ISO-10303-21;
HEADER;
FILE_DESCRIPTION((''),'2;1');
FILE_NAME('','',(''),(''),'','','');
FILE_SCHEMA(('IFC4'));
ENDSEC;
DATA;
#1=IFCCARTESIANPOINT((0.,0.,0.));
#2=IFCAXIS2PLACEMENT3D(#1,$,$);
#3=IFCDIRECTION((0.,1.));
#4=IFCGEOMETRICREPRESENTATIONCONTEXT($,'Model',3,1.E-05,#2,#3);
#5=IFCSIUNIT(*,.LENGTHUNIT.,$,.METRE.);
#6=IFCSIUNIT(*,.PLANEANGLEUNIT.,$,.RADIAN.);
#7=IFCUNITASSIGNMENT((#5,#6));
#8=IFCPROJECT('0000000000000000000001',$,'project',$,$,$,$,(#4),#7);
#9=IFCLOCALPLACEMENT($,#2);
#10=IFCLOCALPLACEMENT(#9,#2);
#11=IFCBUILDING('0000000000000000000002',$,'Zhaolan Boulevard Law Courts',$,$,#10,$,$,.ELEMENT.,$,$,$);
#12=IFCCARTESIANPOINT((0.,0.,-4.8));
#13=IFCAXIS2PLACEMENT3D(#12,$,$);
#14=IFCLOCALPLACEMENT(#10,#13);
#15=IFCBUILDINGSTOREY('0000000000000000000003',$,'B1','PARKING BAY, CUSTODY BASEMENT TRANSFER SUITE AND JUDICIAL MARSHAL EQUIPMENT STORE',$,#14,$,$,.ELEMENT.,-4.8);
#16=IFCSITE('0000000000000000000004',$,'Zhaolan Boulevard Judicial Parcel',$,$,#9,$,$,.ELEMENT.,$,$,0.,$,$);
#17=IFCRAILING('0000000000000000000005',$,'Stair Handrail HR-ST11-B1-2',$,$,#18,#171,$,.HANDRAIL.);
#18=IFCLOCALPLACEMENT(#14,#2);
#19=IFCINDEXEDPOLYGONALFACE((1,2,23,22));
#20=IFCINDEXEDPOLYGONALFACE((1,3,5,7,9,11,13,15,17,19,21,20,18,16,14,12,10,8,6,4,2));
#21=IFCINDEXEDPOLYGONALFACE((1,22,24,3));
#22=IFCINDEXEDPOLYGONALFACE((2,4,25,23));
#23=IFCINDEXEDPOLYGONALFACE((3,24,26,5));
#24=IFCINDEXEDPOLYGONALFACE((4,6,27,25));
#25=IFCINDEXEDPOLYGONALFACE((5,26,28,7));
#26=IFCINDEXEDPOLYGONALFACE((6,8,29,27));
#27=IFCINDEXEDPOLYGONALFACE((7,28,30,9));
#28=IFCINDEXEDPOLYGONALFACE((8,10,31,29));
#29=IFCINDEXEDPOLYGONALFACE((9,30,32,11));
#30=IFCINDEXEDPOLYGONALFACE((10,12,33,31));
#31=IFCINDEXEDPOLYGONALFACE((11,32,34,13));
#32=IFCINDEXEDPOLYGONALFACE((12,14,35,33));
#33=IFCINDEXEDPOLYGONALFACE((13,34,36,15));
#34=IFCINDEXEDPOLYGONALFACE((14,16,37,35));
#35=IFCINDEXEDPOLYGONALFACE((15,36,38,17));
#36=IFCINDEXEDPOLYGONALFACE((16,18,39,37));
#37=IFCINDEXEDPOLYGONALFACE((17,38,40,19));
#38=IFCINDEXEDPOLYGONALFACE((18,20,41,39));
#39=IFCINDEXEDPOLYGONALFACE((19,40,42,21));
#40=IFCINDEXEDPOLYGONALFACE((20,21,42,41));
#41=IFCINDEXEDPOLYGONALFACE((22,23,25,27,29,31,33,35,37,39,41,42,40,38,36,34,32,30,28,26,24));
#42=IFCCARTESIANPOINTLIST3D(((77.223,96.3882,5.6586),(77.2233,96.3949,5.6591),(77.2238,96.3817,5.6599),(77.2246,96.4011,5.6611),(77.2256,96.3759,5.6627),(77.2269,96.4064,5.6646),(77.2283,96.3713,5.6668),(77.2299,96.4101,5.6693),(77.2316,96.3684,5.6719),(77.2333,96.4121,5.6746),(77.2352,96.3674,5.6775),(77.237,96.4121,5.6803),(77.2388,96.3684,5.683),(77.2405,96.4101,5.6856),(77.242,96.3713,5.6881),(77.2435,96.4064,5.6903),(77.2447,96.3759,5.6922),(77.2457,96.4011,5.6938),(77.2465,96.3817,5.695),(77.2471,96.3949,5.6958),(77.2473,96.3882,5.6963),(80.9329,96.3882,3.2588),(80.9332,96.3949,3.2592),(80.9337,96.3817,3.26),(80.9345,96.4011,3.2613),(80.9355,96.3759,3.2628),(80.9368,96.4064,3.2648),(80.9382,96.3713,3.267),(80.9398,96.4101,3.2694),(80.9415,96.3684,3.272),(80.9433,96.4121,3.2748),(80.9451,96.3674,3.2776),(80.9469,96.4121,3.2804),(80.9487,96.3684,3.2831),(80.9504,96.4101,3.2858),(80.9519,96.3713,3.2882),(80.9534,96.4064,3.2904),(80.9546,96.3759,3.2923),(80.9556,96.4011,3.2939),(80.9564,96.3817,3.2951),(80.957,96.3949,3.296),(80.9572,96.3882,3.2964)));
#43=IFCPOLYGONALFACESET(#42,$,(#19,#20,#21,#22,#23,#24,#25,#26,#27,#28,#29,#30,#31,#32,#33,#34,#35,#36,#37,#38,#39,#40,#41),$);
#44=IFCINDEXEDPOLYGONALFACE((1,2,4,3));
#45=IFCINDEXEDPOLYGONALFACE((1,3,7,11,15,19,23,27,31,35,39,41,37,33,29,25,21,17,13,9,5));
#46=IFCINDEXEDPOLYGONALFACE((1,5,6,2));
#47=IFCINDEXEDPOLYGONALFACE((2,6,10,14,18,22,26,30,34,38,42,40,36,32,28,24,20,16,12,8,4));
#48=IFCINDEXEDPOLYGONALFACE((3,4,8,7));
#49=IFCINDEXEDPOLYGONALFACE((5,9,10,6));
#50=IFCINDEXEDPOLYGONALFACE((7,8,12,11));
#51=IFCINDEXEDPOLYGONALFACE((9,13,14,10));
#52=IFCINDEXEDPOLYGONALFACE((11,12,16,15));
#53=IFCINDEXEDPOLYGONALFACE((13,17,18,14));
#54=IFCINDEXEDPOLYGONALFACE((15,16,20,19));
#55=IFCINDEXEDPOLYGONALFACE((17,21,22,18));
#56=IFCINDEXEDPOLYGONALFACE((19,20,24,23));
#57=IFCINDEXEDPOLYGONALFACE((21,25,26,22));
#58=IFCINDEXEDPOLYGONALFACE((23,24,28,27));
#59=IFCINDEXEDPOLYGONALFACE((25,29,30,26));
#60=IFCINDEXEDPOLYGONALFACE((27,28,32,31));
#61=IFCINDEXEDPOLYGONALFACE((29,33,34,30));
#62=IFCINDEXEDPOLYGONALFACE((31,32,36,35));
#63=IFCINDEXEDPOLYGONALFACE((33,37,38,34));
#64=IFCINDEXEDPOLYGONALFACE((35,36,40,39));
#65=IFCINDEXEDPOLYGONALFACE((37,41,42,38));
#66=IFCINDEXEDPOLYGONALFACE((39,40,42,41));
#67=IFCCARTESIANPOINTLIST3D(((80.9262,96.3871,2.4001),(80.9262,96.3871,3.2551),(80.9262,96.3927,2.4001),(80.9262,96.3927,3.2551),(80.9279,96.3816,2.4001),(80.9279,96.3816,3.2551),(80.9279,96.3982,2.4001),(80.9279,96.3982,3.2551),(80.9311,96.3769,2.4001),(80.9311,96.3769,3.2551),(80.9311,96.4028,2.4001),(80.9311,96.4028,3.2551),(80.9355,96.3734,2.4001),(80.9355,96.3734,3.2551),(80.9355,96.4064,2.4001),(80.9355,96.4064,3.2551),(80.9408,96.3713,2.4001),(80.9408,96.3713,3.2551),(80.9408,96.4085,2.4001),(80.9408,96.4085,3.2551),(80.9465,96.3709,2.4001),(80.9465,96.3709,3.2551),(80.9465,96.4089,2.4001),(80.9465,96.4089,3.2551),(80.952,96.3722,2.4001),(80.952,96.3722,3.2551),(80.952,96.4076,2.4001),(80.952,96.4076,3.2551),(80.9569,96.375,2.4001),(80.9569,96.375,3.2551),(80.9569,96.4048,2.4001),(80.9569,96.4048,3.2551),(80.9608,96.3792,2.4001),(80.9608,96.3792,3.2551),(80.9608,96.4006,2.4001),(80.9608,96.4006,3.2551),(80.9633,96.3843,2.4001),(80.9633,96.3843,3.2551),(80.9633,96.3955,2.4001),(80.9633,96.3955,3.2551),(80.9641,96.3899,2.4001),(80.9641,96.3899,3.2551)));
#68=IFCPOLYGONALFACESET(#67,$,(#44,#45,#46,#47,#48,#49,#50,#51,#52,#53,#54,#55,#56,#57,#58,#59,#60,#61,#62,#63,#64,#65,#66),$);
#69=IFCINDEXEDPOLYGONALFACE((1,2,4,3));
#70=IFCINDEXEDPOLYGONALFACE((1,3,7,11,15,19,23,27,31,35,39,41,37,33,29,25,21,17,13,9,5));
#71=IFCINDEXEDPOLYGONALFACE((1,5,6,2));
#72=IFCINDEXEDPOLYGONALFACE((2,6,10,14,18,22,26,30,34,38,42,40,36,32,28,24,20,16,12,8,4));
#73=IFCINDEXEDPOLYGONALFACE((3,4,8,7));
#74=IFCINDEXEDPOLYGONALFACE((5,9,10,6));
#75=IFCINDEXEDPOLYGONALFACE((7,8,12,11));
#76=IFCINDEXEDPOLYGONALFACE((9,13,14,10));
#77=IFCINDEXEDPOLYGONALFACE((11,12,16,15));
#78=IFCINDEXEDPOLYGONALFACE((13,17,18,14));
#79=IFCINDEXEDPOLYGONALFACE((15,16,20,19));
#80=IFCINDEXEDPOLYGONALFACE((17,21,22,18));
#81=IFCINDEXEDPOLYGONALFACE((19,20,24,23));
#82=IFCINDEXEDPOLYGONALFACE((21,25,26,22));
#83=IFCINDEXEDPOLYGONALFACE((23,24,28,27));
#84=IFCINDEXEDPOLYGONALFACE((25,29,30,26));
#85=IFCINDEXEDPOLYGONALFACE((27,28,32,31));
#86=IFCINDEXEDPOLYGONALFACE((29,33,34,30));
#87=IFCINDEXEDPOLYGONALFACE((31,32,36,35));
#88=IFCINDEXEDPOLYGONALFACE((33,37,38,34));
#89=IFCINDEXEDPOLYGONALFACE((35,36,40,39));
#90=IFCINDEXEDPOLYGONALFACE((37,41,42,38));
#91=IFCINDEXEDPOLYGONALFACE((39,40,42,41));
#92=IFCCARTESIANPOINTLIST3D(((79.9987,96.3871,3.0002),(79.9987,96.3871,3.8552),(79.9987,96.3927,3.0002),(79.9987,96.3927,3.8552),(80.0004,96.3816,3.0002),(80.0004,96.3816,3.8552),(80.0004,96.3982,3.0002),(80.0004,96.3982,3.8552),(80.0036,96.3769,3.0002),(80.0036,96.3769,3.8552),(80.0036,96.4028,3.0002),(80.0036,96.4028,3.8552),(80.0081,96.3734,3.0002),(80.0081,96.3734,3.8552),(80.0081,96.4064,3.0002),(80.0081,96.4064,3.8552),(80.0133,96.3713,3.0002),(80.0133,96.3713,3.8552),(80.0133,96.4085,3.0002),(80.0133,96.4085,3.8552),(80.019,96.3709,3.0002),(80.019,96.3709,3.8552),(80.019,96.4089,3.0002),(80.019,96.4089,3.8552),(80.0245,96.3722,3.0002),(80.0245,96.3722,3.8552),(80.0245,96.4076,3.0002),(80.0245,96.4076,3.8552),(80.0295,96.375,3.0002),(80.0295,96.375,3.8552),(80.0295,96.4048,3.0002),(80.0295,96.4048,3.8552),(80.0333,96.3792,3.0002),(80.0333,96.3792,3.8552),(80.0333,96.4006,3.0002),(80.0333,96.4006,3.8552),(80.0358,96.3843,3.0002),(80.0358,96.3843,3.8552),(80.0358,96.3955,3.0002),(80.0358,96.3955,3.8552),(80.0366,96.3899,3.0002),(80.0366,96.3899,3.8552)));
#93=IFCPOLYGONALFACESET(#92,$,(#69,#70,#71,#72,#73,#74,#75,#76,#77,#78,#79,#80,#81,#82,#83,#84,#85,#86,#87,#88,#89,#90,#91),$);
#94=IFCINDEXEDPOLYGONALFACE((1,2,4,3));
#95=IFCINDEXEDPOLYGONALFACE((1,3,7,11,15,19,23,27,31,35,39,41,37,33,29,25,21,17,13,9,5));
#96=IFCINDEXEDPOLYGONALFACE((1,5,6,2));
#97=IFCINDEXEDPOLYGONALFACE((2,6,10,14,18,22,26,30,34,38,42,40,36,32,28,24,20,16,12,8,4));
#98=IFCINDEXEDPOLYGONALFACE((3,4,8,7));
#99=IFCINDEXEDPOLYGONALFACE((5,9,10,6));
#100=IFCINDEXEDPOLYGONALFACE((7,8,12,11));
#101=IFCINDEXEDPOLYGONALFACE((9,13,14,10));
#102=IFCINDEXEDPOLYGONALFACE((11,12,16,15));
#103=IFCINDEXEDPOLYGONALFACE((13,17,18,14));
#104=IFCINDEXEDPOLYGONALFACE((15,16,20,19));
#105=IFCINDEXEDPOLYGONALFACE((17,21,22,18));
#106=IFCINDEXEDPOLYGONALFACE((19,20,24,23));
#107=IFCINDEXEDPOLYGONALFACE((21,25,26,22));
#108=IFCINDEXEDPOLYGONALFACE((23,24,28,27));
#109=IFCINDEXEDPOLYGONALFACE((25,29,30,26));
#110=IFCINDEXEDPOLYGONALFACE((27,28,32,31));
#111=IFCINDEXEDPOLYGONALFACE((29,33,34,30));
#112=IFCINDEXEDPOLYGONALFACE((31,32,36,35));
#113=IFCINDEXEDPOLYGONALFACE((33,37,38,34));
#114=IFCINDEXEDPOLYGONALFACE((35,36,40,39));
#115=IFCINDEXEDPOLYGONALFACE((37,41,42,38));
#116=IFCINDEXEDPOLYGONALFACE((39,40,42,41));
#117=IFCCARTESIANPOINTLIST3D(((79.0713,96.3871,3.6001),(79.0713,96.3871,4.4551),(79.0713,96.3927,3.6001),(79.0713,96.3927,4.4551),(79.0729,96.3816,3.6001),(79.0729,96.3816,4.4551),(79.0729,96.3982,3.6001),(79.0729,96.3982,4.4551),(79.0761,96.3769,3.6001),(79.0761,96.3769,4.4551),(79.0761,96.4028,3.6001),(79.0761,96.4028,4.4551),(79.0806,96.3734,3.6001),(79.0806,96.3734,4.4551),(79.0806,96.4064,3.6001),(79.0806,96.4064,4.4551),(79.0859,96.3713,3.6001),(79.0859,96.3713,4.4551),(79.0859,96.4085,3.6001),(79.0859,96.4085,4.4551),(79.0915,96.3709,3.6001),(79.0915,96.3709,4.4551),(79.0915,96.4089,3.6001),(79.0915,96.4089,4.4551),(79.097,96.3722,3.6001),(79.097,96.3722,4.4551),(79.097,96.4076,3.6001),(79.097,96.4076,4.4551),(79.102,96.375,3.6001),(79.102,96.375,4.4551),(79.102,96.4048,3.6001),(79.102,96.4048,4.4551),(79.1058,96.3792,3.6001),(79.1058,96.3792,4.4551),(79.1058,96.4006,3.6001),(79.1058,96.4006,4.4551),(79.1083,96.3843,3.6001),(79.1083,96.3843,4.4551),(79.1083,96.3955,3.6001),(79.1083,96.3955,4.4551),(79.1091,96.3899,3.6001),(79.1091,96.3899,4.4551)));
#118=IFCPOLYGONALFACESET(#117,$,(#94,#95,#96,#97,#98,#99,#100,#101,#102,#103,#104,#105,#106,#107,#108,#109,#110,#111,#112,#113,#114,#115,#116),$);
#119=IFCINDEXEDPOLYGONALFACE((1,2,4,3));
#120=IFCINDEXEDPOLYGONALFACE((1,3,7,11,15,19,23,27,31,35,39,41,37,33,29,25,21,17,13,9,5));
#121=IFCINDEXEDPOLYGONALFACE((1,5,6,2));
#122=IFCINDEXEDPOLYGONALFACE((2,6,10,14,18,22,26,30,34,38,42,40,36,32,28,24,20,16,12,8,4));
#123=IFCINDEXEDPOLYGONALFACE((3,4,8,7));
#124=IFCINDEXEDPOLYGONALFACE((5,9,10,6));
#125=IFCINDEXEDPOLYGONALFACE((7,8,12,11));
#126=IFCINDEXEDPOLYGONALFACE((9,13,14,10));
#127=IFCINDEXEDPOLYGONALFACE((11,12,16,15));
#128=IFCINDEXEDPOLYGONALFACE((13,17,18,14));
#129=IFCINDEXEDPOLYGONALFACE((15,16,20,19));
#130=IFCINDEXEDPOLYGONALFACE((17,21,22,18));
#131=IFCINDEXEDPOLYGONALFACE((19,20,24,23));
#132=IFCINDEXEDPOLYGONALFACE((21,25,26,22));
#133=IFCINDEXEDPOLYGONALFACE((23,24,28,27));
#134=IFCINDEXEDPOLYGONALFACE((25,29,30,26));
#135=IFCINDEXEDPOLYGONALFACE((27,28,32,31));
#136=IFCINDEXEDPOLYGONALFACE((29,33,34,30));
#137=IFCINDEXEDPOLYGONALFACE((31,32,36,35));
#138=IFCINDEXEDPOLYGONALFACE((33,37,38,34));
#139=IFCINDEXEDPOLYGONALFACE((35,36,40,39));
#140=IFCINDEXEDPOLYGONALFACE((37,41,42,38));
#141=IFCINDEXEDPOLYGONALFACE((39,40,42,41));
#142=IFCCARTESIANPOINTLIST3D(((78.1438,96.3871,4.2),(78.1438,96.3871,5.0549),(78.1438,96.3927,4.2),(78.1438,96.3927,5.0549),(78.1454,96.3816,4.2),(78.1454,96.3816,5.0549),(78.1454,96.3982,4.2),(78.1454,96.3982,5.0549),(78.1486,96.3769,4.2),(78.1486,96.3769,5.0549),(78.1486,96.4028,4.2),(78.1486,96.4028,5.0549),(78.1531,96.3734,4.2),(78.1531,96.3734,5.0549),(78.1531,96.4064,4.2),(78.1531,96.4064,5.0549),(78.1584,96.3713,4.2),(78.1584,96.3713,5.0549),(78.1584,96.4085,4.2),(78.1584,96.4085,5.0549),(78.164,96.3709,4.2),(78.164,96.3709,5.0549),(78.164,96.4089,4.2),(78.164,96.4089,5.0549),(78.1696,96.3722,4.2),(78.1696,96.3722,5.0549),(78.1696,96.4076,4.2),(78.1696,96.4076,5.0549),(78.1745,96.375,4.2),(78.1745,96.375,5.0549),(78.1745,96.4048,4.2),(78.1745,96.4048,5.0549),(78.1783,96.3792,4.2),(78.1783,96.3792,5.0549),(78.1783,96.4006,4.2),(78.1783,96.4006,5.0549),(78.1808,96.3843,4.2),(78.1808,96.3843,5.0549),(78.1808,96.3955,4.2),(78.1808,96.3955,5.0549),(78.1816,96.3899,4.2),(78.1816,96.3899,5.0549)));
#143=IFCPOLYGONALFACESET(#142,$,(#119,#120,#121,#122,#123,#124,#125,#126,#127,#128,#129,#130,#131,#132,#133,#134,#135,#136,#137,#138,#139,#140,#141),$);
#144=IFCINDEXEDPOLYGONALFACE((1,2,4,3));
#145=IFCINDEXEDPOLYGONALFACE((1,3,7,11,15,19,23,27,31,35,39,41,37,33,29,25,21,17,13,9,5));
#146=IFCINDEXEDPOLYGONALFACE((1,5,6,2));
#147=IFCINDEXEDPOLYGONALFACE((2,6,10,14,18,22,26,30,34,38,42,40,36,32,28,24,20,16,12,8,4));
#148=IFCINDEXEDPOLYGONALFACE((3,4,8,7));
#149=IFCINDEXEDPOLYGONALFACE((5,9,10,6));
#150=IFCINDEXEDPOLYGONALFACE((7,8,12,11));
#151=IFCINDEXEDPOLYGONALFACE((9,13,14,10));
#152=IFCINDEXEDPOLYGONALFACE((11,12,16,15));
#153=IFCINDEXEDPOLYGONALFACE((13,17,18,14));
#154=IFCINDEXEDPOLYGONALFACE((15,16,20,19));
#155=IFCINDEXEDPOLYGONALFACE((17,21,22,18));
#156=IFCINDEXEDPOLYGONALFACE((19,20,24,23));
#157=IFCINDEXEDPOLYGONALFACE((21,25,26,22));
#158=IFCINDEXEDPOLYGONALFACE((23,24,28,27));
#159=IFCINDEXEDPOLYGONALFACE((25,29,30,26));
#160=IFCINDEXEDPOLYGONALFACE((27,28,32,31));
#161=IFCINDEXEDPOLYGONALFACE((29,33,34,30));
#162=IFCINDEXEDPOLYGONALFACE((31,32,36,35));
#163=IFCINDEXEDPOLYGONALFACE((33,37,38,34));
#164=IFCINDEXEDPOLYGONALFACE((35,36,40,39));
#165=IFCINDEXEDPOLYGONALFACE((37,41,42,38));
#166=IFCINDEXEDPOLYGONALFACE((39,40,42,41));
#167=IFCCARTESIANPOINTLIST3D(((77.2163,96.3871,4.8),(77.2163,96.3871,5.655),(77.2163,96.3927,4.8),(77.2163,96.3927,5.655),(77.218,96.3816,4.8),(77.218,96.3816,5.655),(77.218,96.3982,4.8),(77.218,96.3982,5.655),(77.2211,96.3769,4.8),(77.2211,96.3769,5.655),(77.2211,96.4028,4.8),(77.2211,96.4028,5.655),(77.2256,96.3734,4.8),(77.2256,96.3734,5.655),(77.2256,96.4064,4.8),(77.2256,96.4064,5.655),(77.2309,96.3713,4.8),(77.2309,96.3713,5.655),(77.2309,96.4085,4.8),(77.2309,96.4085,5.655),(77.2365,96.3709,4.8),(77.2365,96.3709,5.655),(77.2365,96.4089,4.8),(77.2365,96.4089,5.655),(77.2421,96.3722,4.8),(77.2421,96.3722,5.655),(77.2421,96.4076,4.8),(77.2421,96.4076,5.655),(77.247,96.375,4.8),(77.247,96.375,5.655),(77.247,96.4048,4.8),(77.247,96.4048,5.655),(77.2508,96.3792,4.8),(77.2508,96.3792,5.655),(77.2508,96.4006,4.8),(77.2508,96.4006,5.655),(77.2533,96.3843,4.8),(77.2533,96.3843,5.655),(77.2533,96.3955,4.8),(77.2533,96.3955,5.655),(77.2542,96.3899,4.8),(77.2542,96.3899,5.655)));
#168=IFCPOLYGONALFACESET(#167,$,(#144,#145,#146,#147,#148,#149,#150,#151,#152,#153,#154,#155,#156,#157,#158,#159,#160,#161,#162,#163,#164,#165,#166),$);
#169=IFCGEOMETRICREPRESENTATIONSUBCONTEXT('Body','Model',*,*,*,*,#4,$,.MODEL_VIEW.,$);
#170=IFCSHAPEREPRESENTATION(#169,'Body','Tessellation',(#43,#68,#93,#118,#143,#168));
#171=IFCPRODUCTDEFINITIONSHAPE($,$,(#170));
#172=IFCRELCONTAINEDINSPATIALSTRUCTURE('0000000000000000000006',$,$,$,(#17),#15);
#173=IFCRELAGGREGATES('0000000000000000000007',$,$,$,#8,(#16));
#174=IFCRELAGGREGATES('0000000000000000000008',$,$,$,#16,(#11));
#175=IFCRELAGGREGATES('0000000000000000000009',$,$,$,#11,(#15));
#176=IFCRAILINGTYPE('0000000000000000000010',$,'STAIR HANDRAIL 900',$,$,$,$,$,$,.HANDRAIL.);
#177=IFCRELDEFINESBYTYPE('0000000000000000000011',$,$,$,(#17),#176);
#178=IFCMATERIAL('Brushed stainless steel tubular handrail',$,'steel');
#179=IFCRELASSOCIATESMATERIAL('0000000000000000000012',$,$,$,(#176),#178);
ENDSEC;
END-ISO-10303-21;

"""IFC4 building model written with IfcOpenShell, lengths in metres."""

from ifc_helpers import new_model, si_unit, direction, frame, origin, origin_2d, place, context, subcontext, project, spatial, circle, extrude, material, type_object, element, save


model = new_model("IFC4")

# Units and contexts
model_context = context("Model", 3, precision=1e-05, world=origin(), true_north=direction((0.0, 1.0)))
body_context = subcontext(model_context, "Body", "Model", "MODEL_VIEW")
ifc_project = project(units=[si_unit("LENGTHUNIT", "METRE"), si_unit("PLANEANGLEUNIT", "RADIAN")], contexts=[model_context])

# Site, building, storey
site_placement = place(None, origin())
site = spatial("IfcSite", under=ifc_project, at=site_placement, Name="Zhaolan Boulevard Judicial Parcel", CompositionType="ELEMENT", RefElevation=0.0)
building_placement = place(site_placement, origin())
building = spatial("IfcBuilding", under=site, at=building_placement, Name="Zhaolan Boulevard Law Courts", CompositionType="ELEMENT")
storey_placement = place(building_placement, frame((0.0, 0.0, -4.8)))
storey = spatial("IfcBuildingStorey", under=building, at=storey_placement, Name="B1", Description="PARKING BAY, CUSTODY BASEMENT TRANSFER SUITE AND JUDICIAL MARSHAL EQUIPMENT STORE", CompositionType="ELEMENT", Elevation=-4.8)

# Railing
ifc_material_1 = material(Name="Brushed stainless steel tubular handrail", Category="steel")
railing_type_1 = type_object("IfcRailingType", Name="STAIR HANDRAIL 900", PredefinedType="HANDRAIL", material=ifc_material_1)
railing_1_placement = place(storey_placement, frame((80.9451, 96.3899, 2.4001)))
element("IfcRailing", 1, at=railing_1_placement, inside=storey, type_object=railing_type_1, Name="Stair Handrail HR-ST11-B1-2", PredefinedType="HANDRAIL", context=body_context, shape_type="SweptSolid", body=[
    extrude(circle(Radius=0.0225, at=origin_2d()), frame((0.0, 0.0, 0.8774), z_axis=(-0.839638, 0.0, 0.543146), x_axis=(0.0, -1.0, 0.0)), (0.0, 0.0, 1.0), 4.4185),
    extrude(circle(Radius=0.019, at=origin_2d()), origin(), (0.0, 0.0, 1.0), 0.855),
    extrude(circle(Radius=0.019, at=origin_2d()), frame((-0.9275, 0.0, 0.6001)), (0.0, 0.0, 1.0), 0.855),
    extrude(circle(Radius=0.019, at=origin_2d()), frame((-1.855, 0.0, 1.2)), (0.0, 0.0, 1.0), 0.855),
    extrude(circle(Radius=0.019, at=origin_2d()), frame((-2.7825, 0.0, 1.7998)), (0.0, 0.0, 1.0), 0.855),
    extrude(circle(Radius=0.019, at=origin_2d()), frame((-3.71, 0.0, 2.3999)), (0.0, 0.0, 1.0), 0.855),
])

save(model, "model.ifc")
